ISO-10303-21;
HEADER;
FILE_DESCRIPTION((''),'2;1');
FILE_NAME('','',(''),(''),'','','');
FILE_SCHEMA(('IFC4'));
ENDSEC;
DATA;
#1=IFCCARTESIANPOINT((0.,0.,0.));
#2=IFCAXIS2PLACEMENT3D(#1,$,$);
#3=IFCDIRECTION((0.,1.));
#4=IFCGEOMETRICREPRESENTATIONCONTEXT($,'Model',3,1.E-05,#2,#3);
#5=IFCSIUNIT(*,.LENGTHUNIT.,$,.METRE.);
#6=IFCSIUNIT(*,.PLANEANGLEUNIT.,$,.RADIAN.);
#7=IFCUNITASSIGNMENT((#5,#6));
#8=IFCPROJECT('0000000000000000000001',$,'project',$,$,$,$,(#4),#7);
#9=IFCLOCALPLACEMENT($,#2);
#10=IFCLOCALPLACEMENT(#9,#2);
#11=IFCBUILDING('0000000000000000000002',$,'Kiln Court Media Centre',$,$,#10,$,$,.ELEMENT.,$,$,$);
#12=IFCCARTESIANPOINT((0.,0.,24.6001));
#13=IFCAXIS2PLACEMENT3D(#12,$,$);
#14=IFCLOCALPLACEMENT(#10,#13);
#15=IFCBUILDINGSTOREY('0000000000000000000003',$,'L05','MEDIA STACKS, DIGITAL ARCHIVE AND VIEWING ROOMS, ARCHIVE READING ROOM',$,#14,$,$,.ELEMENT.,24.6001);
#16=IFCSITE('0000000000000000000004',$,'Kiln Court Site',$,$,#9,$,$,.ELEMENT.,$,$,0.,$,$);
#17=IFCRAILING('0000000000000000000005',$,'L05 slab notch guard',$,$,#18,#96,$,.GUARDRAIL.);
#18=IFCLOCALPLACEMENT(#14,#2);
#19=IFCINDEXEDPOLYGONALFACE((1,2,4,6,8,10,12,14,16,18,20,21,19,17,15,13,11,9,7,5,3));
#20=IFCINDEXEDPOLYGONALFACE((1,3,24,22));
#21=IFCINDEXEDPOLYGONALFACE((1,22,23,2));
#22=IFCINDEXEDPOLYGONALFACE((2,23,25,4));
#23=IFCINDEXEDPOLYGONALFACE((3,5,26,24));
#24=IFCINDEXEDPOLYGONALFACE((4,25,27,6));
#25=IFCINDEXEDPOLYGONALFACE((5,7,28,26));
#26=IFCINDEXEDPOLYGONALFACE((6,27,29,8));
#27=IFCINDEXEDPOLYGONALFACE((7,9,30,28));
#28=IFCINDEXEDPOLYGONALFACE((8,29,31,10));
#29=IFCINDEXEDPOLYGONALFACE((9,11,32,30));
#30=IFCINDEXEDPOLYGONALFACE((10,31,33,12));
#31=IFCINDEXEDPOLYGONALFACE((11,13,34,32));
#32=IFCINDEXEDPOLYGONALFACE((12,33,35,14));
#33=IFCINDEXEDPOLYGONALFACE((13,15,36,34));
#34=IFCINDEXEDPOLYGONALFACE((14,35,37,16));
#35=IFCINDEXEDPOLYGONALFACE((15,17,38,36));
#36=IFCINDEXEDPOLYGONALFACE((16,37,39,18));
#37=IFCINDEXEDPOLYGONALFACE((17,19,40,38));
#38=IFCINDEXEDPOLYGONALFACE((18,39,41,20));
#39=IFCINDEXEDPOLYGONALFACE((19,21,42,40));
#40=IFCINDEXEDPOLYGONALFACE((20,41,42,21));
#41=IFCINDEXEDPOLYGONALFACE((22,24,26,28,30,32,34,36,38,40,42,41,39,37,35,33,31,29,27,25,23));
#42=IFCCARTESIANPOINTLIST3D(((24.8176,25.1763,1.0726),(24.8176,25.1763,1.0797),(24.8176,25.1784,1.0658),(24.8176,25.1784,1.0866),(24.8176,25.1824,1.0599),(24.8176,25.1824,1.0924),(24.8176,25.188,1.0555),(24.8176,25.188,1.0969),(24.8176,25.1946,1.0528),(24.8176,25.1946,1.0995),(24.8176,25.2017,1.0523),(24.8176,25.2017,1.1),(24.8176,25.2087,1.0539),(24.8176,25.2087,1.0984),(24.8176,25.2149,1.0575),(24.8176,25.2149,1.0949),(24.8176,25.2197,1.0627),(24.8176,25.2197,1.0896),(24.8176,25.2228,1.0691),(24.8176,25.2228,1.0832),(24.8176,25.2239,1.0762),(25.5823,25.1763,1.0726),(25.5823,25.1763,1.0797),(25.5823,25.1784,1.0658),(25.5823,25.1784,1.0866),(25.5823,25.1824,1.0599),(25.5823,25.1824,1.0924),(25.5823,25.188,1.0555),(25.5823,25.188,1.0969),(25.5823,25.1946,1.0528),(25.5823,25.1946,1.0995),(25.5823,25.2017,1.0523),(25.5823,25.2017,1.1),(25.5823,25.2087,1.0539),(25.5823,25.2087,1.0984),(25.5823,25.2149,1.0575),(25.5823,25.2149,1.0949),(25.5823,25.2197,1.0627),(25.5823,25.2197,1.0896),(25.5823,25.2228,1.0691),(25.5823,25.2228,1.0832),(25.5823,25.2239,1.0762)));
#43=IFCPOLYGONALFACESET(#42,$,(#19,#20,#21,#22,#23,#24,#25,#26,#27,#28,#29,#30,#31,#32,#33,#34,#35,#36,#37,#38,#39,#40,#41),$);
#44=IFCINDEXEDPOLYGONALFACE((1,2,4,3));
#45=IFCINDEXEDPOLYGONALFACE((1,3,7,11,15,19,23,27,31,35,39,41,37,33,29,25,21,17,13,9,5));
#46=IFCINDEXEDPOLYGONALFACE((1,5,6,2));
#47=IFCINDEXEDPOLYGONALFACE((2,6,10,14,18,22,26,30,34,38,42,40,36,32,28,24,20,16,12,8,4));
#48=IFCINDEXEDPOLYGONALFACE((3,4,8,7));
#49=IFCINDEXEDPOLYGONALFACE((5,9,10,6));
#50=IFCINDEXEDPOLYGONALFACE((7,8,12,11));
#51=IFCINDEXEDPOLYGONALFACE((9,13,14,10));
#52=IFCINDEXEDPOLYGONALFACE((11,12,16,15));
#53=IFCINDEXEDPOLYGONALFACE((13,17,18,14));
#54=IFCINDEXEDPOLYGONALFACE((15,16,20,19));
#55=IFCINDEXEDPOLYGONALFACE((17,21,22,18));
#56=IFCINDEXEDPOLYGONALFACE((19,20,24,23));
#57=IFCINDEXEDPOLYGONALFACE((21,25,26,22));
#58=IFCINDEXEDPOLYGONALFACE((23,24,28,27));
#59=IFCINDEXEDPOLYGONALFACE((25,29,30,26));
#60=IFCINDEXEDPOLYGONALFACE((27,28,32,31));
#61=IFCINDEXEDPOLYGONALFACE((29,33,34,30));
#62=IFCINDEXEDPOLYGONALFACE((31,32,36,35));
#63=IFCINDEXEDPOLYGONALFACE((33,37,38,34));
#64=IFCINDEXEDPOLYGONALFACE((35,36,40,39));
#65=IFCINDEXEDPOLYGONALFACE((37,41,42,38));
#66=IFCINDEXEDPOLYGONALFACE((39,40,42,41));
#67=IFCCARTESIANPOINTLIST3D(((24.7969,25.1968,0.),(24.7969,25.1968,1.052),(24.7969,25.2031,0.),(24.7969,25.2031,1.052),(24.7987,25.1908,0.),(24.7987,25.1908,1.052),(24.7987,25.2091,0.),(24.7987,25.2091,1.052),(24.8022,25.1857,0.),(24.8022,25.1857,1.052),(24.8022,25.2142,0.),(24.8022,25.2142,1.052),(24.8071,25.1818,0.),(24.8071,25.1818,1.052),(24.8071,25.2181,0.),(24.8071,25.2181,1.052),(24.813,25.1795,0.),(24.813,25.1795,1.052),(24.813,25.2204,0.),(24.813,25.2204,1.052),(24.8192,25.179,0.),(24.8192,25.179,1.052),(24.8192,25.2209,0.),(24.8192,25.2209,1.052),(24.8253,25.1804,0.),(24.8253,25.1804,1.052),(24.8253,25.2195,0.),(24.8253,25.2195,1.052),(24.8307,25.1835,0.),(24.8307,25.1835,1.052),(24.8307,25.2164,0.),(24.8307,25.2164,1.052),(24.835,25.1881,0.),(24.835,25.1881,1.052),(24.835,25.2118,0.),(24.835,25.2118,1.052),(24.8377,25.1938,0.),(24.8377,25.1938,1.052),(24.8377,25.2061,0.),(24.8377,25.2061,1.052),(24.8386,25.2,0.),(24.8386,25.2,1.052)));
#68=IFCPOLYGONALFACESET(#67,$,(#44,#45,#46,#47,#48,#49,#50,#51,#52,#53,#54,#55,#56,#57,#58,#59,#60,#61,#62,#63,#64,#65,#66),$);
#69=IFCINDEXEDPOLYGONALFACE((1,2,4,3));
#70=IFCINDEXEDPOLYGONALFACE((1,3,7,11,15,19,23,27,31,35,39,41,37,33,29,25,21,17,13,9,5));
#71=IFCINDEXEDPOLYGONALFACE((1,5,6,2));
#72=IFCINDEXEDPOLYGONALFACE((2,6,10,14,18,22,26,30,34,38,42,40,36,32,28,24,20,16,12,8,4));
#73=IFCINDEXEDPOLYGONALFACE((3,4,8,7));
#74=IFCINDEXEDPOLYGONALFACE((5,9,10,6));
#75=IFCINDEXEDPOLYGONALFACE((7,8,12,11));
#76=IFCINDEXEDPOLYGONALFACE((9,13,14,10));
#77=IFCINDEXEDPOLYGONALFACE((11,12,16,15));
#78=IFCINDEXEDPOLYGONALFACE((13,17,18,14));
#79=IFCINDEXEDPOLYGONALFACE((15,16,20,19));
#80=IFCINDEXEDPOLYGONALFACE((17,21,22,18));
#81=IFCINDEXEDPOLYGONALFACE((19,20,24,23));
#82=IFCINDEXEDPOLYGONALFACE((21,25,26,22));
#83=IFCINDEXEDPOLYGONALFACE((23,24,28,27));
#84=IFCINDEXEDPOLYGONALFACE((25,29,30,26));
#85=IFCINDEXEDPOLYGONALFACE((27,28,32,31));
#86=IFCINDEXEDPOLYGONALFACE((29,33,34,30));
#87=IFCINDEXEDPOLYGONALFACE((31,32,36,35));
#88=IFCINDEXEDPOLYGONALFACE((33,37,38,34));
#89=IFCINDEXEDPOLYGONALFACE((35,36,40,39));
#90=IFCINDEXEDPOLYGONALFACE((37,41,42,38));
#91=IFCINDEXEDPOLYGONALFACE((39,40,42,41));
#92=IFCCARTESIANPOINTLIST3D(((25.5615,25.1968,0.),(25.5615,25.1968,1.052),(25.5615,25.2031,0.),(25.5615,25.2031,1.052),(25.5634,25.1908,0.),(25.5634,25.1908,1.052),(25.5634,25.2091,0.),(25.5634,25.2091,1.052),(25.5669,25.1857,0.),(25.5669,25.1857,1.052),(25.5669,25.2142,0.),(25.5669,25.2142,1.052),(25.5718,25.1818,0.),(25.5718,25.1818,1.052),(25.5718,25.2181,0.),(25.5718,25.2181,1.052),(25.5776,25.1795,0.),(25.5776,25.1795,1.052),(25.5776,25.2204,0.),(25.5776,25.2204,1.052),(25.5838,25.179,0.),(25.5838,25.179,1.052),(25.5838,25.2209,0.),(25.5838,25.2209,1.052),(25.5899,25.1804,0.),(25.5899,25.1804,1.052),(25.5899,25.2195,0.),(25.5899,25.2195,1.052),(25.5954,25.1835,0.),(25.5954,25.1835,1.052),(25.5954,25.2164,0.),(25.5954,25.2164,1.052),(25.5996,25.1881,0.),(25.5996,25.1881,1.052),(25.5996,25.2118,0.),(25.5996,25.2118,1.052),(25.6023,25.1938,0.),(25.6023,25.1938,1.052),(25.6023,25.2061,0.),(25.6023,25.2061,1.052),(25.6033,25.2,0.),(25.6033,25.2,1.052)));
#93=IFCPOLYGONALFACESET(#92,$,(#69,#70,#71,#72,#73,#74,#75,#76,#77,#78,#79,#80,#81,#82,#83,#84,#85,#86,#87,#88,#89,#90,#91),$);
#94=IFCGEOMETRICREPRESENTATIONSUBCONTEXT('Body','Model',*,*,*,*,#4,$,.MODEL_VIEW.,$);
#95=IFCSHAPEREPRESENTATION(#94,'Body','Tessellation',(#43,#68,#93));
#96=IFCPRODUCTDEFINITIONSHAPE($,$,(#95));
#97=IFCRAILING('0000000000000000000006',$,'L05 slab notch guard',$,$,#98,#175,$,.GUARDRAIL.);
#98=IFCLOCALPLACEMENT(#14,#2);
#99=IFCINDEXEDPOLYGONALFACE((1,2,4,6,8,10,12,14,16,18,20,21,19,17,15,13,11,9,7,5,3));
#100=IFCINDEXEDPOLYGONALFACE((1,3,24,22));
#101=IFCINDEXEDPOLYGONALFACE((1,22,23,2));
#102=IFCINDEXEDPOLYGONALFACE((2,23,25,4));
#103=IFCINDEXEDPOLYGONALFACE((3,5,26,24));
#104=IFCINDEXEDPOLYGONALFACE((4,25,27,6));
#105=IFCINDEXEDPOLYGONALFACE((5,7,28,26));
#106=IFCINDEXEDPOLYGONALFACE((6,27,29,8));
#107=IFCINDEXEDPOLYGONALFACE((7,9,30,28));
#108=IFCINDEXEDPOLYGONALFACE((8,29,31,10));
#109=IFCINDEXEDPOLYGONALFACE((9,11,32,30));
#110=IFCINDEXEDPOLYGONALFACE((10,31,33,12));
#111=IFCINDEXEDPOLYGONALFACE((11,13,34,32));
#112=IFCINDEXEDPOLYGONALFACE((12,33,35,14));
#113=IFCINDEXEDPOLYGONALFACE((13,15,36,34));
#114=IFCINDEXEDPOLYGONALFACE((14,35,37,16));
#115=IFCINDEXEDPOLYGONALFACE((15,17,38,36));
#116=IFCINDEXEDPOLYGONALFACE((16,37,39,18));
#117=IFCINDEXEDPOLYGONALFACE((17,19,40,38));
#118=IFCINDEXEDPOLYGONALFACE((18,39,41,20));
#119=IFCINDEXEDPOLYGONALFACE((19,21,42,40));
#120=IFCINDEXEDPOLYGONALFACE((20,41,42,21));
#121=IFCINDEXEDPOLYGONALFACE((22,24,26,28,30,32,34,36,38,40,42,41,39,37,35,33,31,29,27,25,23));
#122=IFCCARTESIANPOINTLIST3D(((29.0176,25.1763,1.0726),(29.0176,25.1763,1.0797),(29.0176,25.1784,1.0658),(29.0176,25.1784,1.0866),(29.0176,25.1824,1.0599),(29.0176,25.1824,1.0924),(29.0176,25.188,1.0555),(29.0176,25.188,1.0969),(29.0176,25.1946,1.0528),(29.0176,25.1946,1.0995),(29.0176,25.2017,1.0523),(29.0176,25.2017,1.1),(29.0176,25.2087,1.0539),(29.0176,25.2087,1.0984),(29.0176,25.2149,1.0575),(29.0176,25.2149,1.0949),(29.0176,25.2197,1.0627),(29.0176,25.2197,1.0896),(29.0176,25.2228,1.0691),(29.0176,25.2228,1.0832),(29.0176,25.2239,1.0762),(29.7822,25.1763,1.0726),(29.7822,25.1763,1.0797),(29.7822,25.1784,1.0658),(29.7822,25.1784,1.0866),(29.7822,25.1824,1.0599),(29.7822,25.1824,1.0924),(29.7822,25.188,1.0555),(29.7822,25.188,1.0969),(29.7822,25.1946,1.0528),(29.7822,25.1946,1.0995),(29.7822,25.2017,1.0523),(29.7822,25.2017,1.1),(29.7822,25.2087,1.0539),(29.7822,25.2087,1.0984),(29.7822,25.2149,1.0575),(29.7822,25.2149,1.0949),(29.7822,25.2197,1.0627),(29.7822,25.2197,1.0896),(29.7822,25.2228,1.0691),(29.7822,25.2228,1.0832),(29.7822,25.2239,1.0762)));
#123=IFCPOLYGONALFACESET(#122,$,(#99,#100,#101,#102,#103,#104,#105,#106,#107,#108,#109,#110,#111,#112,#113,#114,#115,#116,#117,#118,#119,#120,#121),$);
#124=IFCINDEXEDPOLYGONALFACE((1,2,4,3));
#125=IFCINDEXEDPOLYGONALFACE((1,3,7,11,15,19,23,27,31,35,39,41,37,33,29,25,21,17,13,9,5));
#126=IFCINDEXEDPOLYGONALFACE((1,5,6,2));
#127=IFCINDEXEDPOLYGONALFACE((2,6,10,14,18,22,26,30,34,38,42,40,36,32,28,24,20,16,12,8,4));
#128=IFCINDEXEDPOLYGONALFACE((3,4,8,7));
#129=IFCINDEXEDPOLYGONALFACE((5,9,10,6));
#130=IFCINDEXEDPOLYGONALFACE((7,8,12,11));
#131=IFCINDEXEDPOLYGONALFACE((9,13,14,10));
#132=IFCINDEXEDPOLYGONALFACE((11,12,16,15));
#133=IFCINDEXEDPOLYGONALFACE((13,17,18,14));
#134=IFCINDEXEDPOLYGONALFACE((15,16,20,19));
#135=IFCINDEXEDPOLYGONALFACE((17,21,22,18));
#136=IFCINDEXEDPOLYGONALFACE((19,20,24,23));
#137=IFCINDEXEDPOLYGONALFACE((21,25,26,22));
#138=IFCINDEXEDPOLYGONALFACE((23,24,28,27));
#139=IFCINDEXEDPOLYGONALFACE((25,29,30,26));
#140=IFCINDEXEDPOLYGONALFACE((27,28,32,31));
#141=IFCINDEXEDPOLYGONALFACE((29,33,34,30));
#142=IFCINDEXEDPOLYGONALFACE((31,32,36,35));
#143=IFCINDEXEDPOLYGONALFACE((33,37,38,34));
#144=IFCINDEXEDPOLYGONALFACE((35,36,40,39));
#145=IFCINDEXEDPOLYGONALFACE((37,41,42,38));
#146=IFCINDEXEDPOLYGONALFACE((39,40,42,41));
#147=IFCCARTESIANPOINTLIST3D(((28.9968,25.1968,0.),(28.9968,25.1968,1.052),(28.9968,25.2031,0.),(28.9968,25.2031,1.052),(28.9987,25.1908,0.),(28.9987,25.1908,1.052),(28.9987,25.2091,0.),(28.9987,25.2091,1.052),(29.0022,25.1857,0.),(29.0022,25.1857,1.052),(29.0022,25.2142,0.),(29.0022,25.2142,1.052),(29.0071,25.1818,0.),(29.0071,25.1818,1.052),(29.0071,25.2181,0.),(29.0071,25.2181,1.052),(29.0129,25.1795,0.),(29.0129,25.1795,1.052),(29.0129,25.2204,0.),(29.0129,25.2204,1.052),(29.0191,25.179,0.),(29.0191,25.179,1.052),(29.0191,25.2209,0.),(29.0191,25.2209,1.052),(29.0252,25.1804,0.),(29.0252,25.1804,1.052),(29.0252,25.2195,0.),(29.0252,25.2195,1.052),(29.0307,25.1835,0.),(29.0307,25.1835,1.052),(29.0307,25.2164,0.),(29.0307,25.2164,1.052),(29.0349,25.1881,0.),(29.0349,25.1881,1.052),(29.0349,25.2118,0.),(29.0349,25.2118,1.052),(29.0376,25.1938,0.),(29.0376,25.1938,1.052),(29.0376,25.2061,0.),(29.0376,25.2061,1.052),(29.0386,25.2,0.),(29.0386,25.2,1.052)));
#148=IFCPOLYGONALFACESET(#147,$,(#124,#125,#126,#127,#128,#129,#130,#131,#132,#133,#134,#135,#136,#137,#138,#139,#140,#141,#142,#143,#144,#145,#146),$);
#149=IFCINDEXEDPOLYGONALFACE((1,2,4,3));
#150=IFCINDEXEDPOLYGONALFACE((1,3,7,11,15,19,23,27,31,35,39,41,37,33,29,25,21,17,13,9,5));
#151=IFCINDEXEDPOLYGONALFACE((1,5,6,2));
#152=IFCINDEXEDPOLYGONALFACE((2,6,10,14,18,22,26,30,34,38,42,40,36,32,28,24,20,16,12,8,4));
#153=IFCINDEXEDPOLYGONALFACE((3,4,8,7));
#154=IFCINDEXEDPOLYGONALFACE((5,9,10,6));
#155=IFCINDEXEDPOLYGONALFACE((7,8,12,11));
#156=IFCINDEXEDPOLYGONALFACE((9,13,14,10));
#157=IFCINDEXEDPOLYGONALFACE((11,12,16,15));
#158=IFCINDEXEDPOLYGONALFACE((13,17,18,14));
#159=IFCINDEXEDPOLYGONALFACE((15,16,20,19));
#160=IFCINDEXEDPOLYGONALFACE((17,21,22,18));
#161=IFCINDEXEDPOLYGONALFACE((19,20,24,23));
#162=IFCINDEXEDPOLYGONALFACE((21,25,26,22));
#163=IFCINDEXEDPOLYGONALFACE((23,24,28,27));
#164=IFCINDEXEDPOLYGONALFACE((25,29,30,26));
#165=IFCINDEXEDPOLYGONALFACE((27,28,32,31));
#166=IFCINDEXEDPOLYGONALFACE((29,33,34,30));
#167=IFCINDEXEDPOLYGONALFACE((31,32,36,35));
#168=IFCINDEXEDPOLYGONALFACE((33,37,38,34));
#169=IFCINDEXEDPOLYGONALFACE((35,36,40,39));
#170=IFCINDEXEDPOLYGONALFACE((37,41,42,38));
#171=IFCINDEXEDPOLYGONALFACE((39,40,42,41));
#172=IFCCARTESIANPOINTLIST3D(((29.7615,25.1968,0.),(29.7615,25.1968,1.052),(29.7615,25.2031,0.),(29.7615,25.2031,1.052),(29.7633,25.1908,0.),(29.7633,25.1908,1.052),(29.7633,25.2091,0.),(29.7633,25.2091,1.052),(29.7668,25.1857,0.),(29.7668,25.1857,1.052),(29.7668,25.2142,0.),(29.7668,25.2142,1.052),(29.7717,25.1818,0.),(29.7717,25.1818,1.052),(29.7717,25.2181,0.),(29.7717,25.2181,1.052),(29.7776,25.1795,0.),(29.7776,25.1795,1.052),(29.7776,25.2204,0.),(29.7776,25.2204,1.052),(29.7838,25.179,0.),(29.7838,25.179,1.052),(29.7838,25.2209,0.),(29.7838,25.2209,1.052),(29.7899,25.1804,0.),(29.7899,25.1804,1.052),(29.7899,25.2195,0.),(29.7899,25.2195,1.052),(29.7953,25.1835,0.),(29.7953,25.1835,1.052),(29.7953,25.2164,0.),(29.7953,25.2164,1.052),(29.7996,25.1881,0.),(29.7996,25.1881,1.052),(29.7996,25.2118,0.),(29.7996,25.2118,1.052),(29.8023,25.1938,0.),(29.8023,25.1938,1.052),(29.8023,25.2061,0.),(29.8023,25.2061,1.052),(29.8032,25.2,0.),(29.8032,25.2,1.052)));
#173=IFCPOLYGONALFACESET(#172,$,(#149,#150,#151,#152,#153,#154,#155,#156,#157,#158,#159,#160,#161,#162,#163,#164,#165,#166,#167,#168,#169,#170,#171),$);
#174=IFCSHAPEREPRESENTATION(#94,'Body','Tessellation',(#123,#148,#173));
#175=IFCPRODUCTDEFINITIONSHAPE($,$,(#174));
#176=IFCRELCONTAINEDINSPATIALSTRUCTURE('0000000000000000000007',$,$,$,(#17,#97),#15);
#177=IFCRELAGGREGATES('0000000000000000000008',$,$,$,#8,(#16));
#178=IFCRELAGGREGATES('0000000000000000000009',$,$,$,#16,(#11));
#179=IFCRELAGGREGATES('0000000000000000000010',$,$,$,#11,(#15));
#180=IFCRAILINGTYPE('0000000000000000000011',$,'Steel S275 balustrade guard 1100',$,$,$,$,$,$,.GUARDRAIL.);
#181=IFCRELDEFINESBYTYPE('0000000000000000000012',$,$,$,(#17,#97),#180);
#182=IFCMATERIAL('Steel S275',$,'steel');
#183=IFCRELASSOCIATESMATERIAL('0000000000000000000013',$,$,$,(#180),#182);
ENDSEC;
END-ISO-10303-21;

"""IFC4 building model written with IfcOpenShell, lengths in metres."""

from ifc_helpers import new_model, si_unit, direction, frame, origin, origin_2d, place, context, subcontext, project, spatial, circle, extrude, material, type_object, element, save


model = new_model("IFC4")

# Units and contexts
model_context = context("Model", 3, precision=1e-05, world=origin(), true_north=direction((0.0, 1.0)))
body_context = subcontext(model_context, "Body", "Model", "MODEL_VIEW")
ifc_project = project(units=[si_unit("LENGTHUNIT", "METRE"), si_unit("PLANEANGLEUNIT", "RADIAN")], contexts=[model_context])

# Site, building, storey
site_placement = place(None, origin())
site = spatial("IfcSite", under=ifc_project, at=site_placement, Name="Kiln Court Site", CompositionType="ELEMENT", RefElevation=0.0)
building_placement = place(site_placement, origin())
building = spatial("IfcBuilding", under=site, at=building_placement, Name="Kiln Court Media Centre", CompositionType="ELEMENT")
storey_placement = place(building_placement, frame((0.0, 0.0, 24.6001)))
storey = spatial("IfcBuildingStorey", under=building, at=storey_placement, Name="L05", Description="MEDIA STACKS, DIGITAL ARCHIVE AND VIEWING ROOMS, ARCHIVE READING ROOM", CompositionType="ELEMENT", Elevation=24.6001)

# Railings
ifc_material_1 = material(Name="Steel S275", Category="steel")
railing_type = type_object("IfcRailingType", Name="Steel S275 balustrade guard 1100", PredefinedType="GUARDRAIL", material=ifc_material_1)
for number, where, name in (
    (1, (24.8176, 25.2, 0.0), "L05 slab notch guard"),
    (2, (29.0176, 25.2, 0.0), "L05 slab notch guard"),
):
    element("IfcRailing", number, at=place(storey_placement, frame(where)), inside=storey, type_object=railing_type, Name=name, PredefinedType="GUARDRAIL", context=body_context, shape_type="SweptSolid", body=[
        extrude(circle(Radius=0.0239, at=origin_2d()), frame((0.0, 0.0, 1.0762), z_axis=(1.0, 0.0, 0.0), x_axis=(0.0, 1.0, 0.0)), (0.0, 0.0, 1.0), 0.7646),
        extrude(circle(Radius=0.021, at=origin_2d()), origin(), (0.0, 0.0, 1.0), 1.052),
        extrude(circle(Radius=0.021, at=origin_2d()), frame((0.7646, 0.0, 0.0)), (0.0, 0.0, 1.0), 1.052),
    ])

save(model, "model.ifc")
